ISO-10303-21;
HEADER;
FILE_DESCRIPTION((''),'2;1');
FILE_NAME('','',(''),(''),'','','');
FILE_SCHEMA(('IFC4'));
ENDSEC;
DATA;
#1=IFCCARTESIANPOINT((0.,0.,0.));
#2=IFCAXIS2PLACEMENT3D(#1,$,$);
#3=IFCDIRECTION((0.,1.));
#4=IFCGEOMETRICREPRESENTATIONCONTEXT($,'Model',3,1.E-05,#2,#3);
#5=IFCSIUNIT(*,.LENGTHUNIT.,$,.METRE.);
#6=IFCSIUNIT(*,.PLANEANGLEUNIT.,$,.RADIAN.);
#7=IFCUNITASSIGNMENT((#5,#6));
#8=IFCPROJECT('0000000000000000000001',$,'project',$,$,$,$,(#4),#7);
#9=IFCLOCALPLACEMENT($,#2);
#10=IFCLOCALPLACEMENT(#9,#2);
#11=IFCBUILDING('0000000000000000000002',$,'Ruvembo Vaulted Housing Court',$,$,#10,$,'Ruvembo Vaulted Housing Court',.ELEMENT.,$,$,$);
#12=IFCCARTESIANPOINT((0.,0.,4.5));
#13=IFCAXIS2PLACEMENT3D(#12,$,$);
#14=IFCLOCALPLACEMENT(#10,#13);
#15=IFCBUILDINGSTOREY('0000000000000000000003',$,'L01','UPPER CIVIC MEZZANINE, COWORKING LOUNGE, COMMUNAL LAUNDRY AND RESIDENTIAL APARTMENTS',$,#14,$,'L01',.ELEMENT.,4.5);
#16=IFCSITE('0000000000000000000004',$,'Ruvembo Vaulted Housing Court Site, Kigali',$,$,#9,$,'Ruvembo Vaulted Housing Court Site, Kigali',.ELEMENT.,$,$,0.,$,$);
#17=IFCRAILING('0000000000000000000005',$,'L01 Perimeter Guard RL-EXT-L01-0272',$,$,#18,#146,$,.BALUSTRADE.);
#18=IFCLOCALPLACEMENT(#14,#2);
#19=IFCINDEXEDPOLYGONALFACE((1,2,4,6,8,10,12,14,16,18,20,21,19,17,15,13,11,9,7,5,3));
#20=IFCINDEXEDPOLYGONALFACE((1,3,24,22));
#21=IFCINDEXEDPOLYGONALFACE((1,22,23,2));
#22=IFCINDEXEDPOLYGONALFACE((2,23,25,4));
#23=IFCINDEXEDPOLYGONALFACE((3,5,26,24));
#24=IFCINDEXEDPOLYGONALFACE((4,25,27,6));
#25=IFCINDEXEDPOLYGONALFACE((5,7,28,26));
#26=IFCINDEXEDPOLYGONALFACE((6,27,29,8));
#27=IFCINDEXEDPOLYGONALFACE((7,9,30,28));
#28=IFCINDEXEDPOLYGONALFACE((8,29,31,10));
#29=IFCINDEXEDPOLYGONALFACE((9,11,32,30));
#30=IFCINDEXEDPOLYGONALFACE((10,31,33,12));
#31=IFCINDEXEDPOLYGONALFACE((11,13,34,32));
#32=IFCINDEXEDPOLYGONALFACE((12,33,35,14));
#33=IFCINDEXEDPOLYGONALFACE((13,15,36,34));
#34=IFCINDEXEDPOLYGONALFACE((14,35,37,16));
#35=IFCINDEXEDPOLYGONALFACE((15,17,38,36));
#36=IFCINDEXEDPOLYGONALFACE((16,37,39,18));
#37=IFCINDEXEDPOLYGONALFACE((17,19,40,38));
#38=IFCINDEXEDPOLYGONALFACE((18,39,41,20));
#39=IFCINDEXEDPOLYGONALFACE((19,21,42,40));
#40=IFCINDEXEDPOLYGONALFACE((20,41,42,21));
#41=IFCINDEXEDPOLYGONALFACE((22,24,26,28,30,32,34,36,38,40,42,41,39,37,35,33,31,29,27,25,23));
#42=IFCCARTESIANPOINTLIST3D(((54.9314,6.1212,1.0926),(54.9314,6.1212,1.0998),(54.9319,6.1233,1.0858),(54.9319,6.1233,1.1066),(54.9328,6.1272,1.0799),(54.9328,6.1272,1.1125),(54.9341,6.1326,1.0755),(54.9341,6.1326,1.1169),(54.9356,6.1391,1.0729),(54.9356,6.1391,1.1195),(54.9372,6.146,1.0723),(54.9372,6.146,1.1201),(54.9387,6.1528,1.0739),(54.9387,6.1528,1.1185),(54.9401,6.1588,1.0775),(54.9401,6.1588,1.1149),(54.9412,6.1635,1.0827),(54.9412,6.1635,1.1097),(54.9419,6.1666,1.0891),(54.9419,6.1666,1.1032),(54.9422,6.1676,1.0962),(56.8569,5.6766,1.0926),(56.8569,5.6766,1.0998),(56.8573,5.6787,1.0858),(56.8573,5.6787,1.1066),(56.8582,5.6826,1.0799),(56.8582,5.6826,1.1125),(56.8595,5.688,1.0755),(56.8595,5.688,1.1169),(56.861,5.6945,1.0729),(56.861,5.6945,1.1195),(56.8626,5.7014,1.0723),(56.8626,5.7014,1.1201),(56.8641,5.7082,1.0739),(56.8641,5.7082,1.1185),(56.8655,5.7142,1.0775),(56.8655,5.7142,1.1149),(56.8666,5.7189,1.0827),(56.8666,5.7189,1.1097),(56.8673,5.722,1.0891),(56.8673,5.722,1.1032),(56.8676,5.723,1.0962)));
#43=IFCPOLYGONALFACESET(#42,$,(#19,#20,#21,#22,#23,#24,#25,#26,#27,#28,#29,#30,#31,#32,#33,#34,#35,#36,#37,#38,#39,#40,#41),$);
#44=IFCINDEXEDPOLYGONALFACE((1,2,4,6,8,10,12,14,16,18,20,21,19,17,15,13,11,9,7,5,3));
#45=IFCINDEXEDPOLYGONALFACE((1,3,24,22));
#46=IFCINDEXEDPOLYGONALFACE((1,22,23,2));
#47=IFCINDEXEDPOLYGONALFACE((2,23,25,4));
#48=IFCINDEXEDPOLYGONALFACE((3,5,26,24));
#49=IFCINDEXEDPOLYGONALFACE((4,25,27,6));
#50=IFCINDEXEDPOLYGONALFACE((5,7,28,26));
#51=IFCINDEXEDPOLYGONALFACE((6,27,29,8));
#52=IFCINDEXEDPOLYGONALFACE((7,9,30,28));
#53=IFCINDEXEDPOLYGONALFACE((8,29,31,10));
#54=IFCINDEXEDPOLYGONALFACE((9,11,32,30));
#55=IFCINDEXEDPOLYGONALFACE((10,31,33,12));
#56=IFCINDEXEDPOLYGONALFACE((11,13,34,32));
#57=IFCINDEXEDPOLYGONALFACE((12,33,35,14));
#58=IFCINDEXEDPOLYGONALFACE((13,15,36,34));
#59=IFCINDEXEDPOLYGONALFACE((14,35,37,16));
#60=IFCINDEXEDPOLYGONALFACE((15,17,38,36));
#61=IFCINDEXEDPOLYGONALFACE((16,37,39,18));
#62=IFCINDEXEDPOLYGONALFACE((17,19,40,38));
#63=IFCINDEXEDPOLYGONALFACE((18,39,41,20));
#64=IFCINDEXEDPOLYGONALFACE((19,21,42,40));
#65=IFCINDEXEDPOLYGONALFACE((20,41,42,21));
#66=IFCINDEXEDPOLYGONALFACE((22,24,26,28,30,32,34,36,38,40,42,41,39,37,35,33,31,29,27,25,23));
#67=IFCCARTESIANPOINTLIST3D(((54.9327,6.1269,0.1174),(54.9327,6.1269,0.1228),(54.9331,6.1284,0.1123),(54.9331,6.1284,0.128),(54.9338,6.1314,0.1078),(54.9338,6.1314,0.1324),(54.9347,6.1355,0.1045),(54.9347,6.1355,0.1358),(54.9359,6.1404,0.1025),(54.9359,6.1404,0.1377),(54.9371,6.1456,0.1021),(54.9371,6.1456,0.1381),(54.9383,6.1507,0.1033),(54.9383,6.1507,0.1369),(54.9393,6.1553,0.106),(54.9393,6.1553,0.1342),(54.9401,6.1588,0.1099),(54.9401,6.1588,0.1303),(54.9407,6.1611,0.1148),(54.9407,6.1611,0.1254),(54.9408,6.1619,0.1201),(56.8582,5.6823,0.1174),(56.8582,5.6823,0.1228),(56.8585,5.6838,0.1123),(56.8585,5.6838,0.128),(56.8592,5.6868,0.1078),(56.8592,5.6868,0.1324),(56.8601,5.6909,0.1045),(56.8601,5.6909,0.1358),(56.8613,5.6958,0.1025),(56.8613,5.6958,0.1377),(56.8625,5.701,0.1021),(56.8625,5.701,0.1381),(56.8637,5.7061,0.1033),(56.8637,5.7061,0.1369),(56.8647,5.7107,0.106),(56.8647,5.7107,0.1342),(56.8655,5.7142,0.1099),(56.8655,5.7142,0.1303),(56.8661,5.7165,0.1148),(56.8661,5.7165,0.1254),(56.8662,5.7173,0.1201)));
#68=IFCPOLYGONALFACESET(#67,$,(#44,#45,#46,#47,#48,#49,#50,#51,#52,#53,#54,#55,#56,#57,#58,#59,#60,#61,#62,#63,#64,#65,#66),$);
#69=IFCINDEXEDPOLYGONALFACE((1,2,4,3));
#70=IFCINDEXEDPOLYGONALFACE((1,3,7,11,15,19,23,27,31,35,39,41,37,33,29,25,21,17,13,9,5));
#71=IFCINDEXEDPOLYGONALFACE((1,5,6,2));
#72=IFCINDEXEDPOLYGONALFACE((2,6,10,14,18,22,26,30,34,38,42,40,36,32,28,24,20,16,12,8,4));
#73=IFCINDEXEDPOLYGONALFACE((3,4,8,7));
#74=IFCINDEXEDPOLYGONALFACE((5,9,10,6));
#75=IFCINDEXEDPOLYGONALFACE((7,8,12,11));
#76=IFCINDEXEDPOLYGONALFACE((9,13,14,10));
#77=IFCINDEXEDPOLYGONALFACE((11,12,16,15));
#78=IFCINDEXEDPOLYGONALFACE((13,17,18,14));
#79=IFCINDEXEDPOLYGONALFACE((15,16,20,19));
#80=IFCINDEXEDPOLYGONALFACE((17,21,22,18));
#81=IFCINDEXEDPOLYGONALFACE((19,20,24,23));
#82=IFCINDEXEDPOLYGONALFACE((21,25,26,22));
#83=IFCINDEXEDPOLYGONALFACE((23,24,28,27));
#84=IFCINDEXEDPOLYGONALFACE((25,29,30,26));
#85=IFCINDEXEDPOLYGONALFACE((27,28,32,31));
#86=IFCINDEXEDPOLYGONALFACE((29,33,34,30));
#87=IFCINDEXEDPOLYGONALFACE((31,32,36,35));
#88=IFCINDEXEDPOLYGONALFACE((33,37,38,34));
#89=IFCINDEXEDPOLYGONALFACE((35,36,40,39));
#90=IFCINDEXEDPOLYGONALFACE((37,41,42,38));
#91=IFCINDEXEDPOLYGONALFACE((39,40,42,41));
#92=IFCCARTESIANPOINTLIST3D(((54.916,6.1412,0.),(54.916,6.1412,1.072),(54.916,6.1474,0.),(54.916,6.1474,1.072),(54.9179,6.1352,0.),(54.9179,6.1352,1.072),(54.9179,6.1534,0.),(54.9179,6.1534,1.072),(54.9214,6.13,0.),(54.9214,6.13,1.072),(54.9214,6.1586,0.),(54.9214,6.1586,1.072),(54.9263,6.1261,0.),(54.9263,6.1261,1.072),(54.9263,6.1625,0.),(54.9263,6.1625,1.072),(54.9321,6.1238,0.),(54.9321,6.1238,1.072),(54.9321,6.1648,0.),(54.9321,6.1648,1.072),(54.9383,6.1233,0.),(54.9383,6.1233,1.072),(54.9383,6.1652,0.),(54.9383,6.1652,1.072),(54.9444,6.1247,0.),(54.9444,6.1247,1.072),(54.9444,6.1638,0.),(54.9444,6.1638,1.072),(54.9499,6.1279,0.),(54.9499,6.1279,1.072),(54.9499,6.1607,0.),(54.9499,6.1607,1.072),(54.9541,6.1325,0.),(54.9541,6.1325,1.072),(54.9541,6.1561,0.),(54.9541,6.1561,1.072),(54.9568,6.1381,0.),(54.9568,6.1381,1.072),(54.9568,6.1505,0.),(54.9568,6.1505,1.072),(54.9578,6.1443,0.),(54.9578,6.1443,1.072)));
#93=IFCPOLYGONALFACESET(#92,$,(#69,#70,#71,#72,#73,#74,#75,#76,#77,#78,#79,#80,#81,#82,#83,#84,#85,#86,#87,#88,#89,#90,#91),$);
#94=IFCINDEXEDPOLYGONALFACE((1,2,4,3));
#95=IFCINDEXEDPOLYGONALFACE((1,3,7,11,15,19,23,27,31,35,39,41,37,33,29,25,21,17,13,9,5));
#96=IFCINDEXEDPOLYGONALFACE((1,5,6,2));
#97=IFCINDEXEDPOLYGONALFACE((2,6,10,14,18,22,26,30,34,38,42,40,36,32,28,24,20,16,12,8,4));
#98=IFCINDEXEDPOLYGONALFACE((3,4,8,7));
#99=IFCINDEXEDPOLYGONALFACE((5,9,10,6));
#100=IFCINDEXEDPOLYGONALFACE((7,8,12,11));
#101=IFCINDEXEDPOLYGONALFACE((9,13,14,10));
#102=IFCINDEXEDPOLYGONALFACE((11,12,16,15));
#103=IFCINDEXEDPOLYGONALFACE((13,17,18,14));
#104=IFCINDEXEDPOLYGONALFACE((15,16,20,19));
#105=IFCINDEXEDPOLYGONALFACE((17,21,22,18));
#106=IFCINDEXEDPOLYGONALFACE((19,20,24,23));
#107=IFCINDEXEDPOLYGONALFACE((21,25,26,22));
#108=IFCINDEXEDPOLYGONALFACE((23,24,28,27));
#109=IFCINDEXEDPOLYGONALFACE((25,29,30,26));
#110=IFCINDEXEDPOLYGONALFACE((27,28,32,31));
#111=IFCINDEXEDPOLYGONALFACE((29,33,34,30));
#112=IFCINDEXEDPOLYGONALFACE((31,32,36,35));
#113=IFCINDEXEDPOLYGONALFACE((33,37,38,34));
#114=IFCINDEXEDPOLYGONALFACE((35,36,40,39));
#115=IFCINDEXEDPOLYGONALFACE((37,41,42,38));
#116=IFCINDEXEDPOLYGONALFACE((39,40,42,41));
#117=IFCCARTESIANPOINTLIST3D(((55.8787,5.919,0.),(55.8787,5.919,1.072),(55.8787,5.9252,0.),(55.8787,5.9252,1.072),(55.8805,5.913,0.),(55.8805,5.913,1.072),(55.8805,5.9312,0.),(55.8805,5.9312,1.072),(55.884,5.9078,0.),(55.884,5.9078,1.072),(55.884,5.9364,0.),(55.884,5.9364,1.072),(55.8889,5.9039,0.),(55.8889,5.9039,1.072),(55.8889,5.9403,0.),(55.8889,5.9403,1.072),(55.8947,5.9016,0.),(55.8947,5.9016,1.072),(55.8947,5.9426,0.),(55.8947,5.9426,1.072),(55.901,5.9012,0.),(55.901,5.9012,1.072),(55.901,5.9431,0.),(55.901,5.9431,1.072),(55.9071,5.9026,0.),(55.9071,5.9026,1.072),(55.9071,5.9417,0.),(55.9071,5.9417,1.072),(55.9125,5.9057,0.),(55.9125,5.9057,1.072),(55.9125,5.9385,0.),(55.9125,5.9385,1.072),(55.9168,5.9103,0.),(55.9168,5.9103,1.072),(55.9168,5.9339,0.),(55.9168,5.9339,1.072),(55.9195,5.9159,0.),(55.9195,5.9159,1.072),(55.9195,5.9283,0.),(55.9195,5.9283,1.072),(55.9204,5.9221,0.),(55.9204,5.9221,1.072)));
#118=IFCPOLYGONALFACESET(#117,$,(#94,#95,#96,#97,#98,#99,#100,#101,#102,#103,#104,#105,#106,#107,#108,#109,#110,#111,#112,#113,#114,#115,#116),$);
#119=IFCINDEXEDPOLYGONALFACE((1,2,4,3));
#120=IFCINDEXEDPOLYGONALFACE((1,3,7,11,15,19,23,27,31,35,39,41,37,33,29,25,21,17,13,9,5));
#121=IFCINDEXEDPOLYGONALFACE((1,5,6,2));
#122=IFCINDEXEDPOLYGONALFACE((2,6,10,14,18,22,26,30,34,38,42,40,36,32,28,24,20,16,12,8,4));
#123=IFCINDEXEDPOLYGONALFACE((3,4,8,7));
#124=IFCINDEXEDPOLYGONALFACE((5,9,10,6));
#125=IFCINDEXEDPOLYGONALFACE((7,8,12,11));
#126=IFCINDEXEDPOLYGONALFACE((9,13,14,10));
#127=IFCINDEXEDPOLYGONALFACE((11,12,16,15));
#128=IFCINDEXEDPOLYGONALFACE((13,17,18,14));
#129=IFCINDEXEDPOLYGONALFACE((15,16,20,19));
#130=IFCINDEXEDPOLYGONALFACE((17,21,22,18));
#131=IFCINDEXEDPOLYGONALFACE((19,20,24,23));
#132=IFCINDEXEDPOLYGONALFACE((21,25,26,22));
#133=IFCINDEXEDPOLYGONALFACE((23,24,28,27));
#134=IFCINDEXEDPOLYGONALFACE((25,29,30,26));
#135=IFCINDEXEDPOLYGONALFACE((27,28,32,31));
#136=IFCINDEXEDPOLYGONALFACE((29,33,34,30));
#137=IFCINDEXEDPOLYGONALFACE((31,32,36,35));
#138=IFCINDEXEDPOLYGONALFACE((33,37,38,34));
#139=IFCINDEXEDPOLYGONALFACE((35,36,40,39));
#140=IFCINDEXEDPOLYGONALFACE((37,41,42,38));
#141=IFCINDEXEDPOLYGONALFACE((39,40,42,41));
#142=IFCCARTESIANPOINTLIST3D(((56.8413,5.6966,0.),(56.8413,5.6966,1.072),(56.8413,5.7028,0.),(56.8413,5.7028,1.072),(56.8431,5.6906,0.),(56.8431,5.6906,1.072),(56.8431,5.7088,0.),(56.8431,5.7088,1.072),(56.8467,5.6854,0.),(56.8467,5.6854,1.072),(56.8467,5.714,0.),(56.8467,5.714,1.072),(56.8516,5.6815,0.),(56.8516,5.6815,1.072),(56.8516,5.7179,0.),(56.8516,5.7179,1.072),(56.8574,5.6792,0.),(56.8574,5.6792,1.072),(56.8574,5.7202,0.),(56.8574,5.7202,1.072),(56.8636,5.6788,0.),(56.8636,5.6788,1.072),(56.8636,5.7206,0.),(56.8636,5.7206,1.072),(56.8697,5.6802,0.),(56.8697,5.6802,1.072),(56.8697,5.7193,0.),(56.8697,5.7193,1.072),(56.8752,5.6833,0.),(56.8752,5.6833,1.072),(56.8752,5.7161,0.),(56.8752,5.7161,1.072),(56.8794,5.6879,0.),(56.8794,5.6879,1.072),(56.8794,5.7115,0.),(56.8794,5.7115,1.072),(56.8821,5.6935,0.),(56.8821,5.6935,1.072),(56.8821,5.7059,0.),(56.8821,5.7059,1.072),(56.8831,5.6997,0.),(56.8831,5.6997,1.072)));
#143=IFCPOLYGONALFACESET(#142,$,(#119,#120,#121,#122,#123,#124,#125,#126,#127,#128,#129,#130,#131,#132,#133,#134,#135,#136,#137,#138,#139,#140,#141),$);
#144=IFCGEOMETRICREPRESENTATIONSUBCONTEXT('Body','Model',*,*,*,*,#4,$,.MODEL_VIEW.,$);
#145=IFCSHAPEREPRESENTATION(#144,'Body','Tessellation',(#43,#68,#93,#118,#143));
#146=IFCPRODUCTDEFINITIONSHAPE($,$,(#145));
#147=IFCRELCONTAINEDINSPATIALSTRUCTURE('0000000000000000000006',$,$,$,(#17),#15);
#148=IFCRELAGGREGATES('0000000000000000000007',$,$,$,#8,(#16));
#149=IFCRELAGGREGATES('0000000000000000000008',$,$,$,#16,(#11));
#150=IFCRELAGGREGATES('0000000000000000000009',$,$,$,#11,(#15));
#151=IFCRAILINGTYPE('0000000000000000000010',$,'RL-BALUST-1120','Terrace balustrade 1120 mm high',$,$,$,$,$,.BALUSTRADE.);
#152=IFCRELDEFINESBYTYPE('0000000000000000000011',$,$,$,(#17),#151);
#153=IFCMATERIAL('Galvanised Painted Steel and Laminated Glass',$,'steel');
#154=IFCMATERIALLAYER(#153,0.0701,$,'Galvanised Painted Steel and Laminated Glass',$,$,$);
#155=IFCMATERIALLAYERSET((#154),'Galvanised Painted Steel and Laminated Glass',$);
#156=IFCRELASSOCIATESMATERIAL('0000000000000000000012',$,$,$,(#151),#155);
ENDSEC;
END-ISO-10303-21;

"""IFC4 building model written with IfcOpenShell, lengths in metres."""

from ifc_helpers import new_model, si_unit, direction, frame, origin, origin_2d, place, context, subcontext, project, spatial, circle, extrude, material, layer, layer_set, type_object, element, save


model = new_model("IFC4")

# Units and contexts
model_context = context("Model", 3, precision=1e-05, world=origin(), true_north=direction((0.0, 1.0)))
body_context = subcontext(model_context, "Body", "Model", "MODEL_VIEW")
ifc_project = project(units=[si_unit("LENGTHUNIT", "METRE"), si_unit("PLANEANGLEUNIT", "RADIAN")], contexts=[model_context])

# Site, building, storey
site_placement = place(None, origin())
site = spatial("IfcSite", under=ifc_project, at=site_placement, Name="Ruvembo Vaulted Housing Court Site, Kigali", LongName="Ruvembo Vaulted Housing Court Site, Kigali", CompositionType="ELEMENT", RefElevation=0.0)
building_placement = place(site_placement, origin())
building = spatial("IfcBuilding", under=site, at=building_placement, Name="Ruvembo Vaulted Housing Court", LongName="Ruvembo Vaulted Housing Court", CompositionType="ELEMENT")
storey_placement = place(building_placement, frame((0.0, 0.0, 4.5)))
storey = spatial("IfcBuildingStorey", under=building, at=storey_placement, Name="L01", Description="UPPER CIVIC MEZZANINE, COWORKING LOUNGE, COMMUNAL LAUNDRY AND RESIDENTIAL APARTMENTS", LongName="L01", CompositionType="ELEMENT", Elevation=4.5)

# Railing
ifc_material_1 = material(Name="Galvanised Painted Steel and Laminated Glass", Category="steel")
ifc_layer_1 = layer(ifc_material_1, 0.0701, Name="Galvanised Painted Steel and Laminated Glass")
ifc_layer_set_1 = layer_set([ifc_layer_1], Name="Galvanised Painted Steel and Laminated Glass")
railing_type = type_object("IfcRailingType", Name="RL-BALUST-1120", Description="Terrace balustrade 1120 mm high", PredefinedType="BALUSTRADE", material=ifc_layer_set_1)
railing_1_placement = place(storey_placement, frame((54.9368, 6.1443, 0.0)))
element("IfcRailing", 1, at=railing_1_placement, inside=storey, type_object=railing_type, Name="L01 Perimeter Guard RL-EXT-L01-0272", PredefinedType="BALUSTRADE", context=body_context, shape_type="SweptSolid", body=[
    extrude(circle(Radius=0.0239, at=origin_2d()), frame((0.0, 0.0, 1.0962), z_axis=(0.97436, -0.224995, 0.0), x_axis=(0.224995, 0.97436, 0.0)), (0.0, 0.0, 1.0), 1.9761),
    extrude(circle(Radius=0.0181, at=origin_2d()), frame((0.0, 0.0, 0.1201), z_axis=(0.97436, -0.224995, 0.0), x_axis=(0.224995, 0.97436, 0.0)), (0.0, 0.0, 1.0), 1.9761),
    extrude(circle(Radius=0.021, at=origin_2d()), origin(), (0.0, 0.0, 1.0), 1.072),
    extrude(circle(Radius=0.021, at=origin_2d()), frame((0.9626, -0.2222, 0.0)), (0.0, 0.0, 1.0), 1.072),
    extrude(circle(Radius=0.021, at=origin_2d()), frame((1.9253, -0.4446, 0.0)), (0.0, 0.0, 1.0), 1.072),
])

save(model, "model.ifc")
